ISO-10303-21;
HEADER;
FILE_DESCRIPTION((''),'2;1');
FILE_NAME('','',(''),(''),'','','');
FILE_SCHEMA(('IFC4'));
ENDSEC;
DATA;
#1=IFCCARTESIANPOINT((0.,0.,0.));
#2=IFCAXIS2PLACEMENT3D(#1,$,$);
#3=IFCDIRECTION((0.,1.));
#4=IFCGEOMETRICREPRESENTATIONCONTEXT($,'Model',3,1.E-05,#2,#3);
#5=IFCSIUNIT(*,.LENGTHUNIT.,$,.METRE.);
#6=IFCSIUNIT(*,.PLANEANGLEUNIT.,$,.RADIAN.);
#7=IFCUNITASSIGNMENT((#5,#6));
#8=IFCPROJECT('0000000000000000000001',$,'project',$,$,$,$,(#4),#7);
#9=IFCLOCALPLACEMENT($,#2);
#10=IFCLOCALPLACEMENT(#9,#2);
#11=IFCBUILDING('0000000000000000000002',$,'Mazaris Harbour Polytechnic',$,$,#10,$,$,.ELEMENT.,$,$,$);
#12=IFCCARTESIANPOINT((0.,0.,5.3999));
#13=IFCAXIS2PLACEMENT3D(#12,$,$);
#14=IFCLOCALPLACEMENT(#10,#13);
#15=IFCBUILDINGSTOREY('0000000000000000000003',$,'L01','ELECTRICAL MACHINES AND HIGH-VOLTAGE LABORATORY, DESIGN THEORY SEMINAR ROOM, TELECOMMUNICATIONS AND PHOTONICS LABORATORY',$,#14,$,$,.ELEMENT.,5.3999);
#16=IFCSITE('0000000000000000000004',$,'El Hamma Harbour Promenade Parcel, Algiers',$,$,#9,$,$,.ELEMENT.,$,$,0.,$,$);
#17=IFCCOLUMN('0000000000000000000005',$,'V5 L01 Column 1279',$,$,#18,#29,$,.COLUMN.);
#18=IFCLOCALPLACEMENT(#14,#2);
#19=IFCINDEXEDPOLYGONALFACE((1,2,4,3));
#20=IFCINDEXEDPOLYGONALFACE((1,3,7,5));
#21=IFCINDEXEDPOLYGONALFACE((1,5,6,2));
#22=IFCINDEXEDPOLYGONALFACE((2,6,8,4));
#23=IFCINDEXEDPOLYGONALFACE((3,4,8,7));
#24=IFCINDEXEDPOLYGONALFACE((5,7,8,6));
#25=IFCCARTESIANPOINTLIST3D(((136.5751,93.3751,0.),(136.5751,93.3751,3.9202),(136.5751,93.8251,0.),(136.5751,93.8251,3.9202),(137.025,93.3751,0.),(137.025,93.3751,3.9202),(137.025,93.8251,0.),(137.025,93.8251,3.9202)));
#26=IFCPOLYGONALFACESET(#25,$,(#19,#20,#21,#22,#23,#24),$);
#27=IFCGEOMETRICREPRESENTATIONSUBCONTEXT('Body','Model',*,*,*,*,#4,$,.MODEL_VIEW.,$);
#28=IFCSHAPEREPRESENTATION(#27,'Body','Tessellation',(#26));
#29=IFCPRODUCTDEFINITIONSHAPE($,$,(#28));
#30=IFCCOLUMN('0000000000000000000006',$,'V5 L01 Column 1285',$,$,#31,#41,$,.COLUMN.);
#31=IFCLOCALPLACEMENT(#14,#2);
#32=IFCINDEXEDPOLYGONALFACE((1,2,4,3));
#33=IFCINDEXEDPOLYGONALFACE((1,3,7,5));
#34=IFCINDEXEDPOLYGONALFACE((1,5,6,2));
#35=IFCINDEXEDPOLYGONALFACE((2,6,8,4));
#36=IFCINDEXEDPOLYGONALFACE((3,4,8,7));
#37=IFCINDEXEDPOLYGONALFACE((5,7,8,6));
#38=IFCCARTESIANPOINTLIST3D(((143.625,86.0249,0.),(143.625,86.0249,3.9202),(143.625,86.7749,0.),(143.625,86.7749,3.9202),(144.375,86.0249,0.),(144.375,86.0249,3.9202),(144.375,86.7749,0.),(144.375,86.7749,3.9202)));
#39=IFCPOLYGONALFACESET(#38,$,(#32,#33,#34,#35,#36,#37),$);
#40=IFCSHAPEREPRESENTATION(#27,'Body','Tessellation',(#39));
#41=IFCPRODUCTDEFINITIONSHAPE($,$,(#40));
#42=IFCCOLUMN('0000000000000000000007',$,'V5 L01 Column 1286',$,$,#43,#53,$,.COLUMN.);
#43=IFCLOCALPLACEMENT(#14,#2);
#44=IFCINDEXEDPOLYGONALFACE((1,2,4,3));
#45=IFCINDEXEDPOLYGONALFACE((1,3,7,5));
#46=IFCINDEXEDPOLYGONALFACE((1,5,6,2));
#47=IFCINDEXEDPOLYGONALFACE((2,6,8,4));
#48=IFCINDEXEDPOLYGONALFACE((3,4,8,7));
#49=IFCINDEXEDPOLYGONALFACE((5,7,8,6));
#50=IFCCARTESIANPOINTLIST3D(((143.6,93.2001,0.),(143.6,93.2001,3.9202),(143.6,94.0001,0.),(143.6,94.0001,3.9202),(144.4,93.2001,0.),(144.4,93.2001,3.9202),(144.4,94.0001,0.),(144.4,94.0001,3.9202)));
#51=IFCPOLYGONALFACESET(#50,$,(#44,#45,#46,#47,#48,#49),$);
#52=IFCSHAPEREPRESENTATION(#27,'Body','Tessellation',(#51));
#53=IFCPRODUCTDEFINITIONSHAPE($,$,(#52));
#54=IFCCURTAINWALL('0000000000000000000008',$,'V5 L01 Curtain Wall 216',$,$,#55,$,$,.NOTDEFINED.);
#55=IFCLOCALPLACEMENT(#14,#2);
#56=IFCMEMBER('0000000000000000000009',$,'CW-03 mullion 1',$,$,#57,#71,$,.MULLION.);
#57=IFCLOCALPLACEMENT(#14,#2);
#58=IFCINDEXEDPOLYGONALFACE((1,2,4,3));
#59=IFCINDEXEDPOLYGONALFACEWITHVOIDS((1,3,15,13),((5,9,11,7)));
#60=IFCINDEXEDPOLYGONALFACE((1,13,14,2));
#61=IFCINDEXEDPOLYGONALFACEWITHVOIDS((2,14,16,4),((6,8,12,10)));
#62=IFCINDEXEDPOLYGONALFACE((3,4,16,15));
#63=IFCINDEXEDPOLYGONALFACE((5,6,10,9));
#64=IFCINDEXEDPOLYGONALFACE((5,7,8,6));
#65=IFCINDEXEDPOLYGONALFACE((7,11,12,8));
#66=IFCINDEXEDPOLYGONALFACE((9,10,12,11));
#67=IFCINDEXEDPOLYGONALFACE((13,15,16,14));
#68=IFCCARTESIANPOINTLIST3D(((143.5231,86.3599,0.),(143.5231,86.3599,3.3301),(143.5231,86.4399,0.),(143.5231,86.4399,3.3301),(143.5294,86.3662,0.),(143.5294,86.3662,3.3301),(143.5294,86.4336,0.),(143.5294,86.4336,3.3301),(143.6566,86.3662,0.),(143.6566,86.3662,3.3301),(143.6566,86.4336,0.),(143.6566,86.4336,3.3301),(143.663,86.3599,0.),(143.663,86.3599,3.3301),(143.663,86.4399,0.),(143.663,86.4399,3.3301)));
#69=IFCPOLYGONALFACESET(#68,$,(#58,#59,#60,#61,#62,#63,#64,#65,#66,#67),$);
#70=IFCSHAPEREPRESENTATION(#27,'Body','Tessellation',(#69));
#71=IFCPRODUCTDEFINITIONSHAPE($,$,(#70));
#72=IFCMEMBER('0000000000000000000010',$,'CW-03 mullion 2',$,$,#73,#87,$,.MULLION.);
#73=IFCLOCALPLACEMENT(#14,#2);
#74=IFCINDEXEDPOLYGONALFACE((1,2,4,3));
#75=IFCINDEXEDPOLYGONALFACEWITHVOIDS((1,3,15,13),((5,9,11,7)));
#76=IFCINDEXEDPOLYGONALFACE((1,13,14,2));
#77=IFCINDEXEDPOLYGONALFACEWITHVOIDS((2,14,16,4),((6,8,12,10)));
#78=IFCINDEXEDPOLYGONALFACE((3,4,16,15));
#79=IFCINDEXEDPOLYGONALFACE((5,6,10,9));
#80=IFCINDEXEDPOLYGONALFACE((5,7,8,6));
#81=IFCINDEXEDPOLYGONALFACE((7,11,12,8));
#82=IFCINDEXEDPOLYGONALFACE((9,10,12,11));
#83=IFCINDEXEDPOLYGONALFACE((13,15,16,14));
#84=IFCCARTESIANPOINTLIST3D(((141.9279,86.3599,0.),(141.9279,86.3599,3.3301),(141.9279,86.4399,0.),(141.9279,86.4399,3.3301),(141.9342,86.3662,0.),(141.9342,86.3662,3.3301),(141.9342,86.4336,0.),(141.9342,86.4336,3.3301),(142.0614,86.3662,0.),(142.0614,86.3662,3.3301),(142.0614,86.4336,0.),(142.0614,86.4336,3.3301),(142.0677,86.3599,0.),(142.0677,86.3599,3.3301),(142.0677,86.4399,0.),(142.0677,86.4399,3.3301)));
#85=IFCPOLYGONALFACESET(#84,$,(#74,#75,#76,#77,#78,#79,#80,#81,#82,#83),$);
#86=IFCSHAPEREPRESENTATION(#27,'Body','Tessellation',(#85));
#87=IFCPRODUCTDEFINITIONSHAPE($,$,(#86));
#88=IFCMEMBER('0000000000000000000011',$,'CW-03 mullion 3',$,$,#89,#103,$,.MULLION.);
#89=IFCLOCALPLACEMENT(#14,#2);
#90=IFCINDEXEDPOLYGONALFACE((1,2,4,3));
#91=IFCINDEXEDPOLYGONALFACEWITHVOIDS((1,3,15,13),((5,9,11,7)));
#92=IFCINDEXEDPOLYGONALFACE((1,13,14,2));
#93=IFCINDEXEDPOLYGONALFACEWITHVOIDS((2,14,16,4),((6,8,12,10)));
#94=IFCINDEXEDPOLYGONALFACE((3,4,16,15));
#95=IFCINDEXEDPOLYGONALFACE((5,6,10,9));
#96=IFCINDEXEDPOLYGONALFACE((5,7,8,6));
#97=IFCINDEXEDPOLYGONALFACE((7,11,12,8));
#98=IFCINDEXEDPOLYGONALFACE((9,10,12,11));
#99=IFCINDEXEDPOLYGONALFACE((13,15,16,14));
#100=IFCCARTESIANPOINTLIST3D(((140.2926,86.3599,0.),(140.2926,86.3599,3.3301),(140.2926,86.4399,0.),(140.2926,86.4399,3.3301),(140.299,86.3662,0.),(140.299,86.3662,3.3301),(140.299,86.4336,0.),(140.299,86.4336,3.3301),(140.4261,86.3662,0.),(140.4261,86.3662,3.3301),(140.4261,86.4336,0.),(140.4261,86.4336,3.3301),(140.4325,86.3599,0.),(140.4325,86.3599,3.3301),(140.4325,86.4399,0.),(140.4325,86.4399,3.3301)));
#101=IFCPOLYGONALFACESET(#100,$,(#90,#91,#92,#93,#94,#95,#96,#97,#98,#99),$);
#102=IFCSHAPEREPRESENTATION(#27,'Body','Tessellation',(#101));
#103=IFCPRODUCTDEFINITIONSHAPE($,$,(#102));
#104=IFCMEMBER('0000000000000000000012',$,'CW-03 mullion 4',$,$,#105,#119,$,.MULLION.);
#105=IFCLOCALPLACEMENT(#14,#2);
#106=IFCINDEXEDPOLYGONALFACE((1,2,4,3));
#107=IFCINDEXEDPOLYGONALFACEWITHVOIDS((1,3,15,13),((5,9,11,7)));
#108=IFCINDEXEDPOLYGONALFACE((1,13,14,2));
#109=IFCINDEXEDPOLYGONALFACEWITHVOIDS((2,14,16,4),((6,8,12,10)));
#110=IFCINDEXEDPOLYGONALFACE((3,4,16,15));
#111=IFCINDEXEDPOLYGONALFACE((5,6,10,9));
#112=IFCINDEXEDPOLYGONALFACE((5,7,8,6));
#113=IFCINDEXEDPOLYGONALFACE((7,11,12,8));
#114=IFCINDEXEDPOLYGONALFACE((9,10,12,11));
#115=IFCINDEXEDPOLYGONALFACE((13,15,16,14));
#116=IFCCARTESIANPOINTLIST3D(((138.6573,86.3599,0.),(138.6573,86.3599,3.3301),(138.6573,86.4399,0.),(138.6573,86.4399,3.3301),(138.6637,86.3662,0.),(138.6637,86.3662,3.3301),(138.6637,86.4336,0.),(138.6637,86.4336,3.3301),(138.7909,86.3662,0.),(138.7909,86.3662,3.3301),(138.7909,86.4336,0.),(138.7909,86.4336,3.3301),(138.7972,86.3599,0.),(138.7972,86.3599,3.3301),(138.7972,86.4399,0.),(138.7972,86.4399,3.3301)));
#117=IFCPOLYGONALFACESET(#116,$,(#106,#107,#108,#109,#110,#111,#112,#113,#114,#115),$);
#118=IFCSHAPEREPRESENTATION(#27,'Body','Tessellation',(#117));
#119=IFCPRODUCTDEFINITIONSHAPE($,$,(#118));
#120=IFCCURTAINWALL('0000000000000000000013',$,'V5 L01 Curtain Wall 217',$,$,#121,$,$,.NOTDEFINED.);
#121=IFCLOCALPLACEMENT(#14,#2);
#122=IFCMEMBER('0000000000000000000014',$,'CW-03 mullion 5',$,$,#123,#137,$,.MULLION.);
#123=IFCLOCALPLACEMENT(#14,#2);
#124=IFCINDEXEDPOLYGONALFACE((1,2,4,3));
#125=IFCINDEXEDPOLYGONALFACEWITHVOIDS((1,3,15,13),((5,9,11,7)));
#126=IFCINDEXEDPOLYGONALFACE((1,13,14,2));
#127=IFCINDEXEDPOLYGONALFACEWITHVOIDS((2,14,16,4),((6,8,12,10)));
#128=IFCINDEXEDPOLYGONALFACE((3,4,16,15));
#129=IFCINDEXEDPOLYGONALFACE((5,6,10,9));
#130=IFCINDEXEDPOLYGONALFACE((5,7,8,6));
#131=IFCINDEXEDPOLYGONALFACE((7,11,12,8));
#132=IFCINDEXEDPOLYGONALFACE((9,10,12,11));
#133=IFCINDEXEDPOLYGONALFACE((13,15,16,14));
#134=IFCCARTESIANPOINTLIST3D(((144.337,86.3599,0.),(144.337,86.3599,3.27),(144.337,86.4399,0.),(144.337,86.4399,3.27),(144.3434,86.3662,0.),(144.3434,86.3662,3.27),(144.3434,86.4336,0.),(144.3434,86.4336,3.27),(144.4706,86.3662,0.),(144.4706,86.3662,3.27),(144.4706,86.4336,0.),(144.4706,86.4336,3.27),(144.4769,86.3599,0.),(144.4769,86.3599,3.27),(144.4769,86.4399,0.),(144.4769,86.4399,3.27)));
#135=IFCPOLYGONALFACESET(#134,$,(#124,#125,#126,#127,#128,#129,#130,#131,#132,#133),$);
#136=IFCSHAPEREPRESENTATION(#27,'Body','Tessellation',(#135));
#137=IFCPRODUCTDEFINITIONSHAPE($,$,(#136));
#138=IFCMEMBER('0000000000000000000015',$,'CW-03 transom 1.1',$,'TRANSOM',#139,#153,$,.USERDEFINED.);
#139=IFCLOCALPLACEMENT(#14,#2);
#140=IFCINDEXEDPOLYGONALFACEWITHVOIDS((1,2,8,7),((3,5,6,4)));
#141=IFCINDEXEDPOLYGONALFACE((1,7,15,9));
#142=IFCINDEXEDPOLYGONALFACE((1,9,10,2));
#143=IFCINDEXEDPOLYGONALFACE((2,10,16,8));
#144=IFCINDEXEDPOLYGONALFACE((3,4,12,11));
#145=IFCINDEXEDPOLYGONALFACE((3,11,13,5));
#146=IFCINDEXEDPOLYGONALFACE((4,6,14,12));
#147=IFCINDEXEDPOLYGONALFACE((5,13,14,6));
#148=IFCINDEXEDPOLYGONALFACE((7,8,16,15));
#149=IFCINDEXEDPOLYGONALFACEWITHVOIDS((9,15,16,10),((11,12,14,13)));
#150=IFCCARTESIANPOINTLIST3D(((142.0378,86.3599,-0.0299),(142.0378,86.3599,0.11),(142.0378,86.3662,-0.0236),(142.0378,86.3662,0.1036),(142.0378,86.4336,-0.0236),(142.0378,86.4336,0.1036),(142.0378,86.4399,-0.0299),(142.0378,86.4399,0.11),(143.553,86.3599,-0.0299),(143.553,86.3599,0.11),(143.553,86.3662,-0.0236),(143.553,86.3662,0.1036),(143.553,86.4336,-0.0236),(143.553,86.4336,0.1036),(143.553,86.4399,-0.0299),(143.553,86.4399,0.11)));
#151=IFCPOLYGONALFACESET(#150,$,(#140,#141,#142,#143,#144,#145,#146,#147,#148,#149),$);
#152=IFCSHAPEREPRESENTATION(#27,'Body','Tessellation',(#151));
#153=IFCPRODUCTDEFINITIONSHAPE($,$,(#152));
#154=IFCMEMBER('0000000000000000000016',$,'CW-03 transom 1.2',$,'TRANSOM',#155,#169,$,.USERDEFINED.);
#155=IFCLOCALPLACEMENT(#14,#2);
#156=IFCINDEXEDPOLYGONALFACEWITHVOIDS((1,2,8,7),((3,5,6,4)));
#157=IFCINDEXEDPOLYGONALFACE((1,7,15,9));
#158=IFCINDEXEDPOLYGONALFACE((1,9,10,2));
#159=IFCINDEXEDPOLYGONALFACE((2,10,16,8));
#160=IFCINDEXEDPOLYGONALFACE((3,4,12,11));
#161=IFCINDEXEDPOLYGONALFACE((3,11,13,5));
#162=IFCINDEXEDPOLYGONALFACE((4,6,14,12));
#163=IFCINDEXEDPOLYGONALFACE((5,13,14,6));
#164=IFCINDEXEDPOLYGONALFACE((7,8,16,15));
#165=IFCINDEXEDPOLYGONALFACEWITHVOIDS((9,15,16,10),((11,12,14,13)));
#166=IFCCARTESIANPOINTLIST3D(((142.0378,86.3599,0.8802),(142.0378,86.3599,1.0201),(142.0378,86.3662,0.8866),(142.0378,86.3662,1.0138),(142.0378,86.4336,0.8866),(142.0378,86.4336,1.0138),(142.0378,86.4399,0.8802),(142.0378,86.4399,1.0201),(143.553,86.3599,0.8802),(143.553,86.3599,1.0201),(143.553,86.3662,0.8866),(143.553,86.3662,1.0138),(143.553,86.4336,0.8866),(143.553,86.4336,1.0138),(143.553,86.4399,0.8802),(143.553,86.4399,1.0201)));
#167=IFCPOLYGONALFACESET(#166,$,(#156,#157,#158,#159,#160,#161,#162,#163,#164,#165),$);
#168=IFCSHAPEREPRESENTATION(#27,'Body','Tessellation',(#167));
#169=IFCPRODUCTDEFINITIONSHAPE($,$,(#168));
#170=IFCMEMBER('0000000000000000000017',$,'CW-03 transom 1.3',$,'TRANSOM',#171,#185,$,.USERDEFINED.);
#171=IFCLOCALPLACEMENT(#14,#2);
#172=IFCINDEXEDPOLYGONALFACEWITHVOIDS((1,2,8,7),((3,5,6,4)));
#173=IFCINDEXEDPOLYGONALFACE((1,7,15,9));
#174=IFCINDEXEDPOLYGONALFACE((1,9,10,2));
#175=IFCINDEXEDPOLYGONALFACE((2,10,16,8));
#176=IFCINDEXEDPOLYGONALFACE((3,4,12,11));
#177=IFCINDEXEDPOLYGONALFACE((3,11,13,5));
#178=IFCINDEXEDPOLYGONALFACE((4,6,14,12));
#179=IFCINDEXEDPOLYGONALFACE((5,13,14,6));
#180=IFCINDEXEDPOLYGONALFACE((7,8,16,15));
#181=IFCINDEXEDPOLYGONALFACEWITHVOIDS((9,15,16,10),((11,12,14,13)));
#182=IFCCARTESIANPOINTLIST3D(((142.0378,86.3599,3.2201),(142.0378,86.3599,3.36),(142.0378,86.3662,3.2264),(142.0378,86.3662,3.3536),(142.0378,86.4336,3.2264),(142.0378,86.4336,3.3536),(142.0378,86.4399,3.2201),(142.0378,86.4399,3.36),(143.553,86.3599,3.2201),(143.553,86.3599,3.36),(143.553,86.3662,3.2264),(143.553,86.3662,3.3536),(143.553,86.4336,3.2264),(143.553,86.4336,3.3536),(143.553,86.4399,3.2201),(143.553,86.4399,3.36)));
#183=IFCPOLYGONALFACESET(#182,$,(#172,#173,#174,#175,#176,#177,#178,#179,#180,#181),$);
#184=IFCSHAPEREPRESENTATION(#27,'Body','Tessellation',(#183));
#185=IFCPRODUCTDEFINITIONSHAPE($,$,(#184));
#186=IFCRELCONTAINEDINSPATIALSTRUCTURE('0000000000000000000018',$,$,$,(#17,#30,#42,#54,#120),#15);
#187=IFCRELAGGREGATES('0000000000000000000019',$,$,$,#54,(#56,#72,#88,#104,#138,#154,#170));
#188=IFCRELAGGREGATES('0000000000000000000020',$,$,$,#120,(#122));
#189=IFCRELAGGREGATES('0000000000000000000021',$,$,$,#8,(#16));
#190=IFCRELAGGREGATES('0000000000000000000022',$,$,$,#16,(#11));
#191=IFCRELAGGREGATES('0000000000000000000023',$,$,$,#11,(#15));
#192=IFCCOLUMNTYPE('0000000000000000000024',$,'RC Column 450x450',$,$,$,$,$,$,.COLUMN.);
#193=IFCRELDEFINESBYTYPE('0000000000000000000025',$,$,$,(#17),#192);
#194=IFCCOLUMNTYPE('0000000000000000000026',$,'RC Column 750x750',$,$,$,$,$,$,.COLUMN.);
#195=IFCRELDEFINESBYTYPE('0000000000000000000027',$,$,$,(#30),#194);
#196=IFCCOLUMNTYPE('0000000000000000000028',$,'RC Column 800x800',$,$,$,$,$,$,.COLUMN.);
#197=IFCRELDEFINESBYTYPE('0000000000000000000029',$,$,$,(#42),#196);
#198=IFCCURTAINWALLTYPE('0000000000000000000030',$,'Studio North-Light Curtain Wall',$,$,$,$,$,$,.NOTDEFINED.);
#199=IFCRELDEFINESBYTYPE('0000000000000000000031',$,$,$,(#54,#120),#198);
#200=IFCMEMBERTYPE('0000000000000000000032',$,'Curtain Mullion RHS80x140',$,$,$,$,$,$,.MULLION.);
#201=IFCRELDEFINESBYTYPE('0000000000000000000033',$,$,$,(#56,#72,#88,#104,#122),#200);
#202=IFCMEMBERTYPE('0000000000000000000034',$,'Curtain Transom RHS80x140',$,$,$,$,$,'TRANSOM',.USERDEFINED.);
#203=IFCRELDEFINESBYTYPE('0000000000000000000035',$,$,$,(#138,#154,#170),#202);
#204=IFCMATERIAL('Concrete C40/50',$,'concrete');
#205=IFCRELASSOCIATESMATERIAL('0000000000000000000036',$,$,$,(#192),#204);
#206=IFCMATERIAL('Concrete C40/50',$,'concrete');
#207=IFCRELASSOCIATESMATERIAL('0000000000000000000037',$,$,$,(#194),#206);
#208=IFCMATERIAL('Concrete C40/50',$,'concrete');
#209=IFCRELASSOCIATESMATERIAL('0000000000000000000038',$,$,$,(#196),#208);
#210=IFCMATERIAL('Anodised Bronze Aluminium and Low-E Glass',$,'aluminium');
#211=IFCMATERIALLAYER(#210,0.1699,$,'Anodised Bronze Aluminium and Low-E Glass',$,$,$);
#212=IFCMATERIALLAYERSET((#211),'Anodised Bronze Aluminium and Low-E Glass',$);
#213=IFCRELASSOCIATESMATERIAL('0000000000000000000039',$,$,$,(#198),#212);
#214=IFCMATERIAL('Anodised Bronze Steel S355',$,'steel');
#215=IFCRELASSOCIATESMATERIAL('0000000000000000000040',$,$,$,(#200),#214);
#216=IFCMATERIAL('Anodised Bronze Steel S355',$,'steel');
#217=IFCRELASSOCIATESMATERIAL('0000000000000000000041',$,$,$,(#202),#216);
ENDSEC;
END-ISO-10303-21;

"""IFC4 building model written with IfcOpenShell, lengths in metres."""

from ifc_helpers import new_model, si_unit, direction, frame, origin, origin_2d, place, context, subcontext, project, spatial, rectangle, hollow_rectangle, extrude, material, layer, layer_set, material_profile, profile_set, type_object, element, aggregate, save


model = new_model("IFC4")

# Units and contexts
model_context = context("Model", 3, precision=1e-05, world=origin(), true_north=direction((0.0, 1.0)))
body_context = subcontext(model_context, "Body", "Model", "MODEL_VIEW")
ifc_project = project(units=[si_unit("LENGTHUNIT", "METRE"), si_unit("PLANEANGLEUNIT", "RADIAN")], contexts=[model_context])

# Site, building, storey
site_placement = place(None, origin())
site = spatial("IfcSite", under=ifc_project, at=site_placement, Name="El Hamma Harbour Promenade Parcel, Algiers", CompositionType="ELEMENT", RefElevation=0.0)
building_placement = place(site_placement, origin())
building = spatial("IfcBuilding", under=site, at=building_placement, Name="Mazaris Harbour Polytechnic", CompositionType="ELEMENT")
storey_placement = place(building_placement, frame((0.0, 0.0, 5.3999)))
storey = spatial("IfcBuildingStorey", under=building, at=storey_placement, Name="L01", Description="ELECTRICAL MACHINES AND HIGH-VOLTAGE LABORATORY, DESIGN THEORY SEMINAR ROOM, TELECOMMUNICATIONS AND PHOTONICS LABORATORY", CompositionType="ELEMENT", Elevation=5.3999)

# Columns
ifc_material_1 = material(Name="Concrete C40/50", Category="concrete")
ifc_material_profile_1 = material_profile(ifc_material_1, rectangle(XDim=0.45, YDim=0.45, at=origin_2d()), Name="RECT450x450")
ifc_profile_set_1 = profile_set([ifc_material_profile_1], Name="Concrete C40/50")
column_type_1 = type_object("IfcColumnType", Name="RC Column 450x450", PredefinedType="COLUMN", material=ifc_profile_set_1)
column_1_placement = place(storey_placement, frame((136.8, 93.6001, 0.0), z_axis=(0.0, 0.0, 1.0), x_axis=(1.0, 0.0, 0.0)))
element("IfcColumn", 1, at=column_1_placement, inside=storey, type_object=column_type_1, Name="V5 L01 Column 1279", PredefinedType="COLUMN", context=body_context, shape_type="SweptSolid", body=[
    extrude(rectangle(XDim=0.45, YDim=0.45, at=origin_2d()), origin(), (0.0, 0.0, 1.0), 3.9202),
])
ifc_material_2 = material(Name="Concrete C40/50", Category="concrete")
ifc_material_profile_2 = material_profile(ifc_material_2, rectangle(XDim=0.75, YDim=0.75, at=origin_2d()), Name="RECT750x750")
ifc_profile_set_2 = profile_set([ifc_material_profile_2], Name="Concrete C40/50")
column_type_2 = type_object("IfcColumnType", Name="RC Column 750x750", PredefinedType="COLUMN", material=ifc_profile_set_2)
column_2_placement = place(storey_placement, frame((144.0, 86.3999, 0.0), z_axis=(0.0, 0.0, 1.0), x_axis=(1.0, 0.0, 0.0)))
element("IfcColumn", 2, at=column_2_placement, inside=storey, type_object=column_type_2, Name="V5 L01 Column 1285", PredefinedType="COLUMN", context=body_context, shape_type="SweptSolid", body=[
    extrude(rectangle(XDim=0.75, YDim=0.75, at=origin_2d()), origin(), (0.0, 0.0, 1.0), 3.9202),
])
ifc_material_3 = material(Name="Concrete C40/50", Category="concrete")
ifc_material_profile_3 = material_profile(ifc_material_3, rectangle(XDim=0.8, YDim=0.8, at=origin_2d()), Name="RECT800x800")
ifc_profile_set_3 = profile_set([ifc_material_profile_3], Name="Concrete C40/50")
column_type_3 = type_object("IfcColumnType", Name="RC Column 800x800", PredefinedType="COLUMN", material=ifc_profile_set_3)
column_3_placement = place(storey_placement, frame((144.0, 93.6001, 0.0), z_axis=(0.0, 0.0, 1.0), x_axis=(1.0, 0.0, 0.0)))
element("IfcColumn", 3, at=column_3_placement, inside=storey, type_object=column_type_3, Name="V5 L01 Column 1286", PredefinedType="COLUMN", context=body_context, shape_type="SweptSolid", body=[
    extrude(rectangle(XDim=0.8, YDim=0.8, at=origin_2d()), origin(), (0.0, 0.0, 1.0), 3.9202),
])

# Curtain wall, members
ifc_material_4 = material(Name="Anodised Bronze Aluminium and Low-E Glass", Category="aluminium")
ifc_layer_1 = layer(ifc_material_4, 0.1699, Name="Anodised Bronze Aluminium and Low-E Glass")
ifc_layer_set_1 = layer_set([ifc_layer_1], Name="Anodised Bronze Aluminium and Low-E Glass")
curtain_wall_type = type_object("IfcCurtainWallType", Name="Studio North-Light Curtain Wall", PredefinedType="NOTDEFINED", material=ifc_layer_set_1)
curtain_wall_1_placement = place(storey_placement, origin())
curtain_wall_1 = element("IfcCurtainWall", 4, at=curtain_wall_1_placement, inside=storey, type_object=curtain_wall_type, Name="V5 L01 Curtain Wall 216", PredefinedType="NOTDEFINED")
ifc_material_5 = material(Name="Anodised Bronze Steel S355", Category="steel")
ifc_material_profile_4 = material_profile(ifc_material_5, hollow_rectangle(XDim=0.0801, YDim=0.1399, WallThickness=0.0063, at=origin_2d()), Name="RHS 80x140x6.3")
ifc_profile_set_4 = profile_set([ifc_material_profile_4], Name="Anodised Bronze Steel S355")
member_type_1 = type_object("IfcMemberType", Name="Curtain Mullion RHS80x140", PredefinedType="MULLION", material=ifc_profile_set_4)
member_1_placement = place(storey_placement, frame((143.593, 86.3999, 0.0), z_axis=(0.0, 0.0, 1.0), x_axis=(0.0, -1.0, 0.0)))
member_1 = element("IfcMember", 5, at=member_1_placement, type_object=member_type_1, Name="CW-03 mullion 1", PredefinedType="MULLION", context=body_context, shape_type="SweptSolid", body=[
    extrude(hollow_rectangle(XDim=0.0801, YDim=0.1399, WallThickness=0.0063, at=origin_2d()), origin(), (0.0, 0.0, 1.0), 3.3301),
])
member_2_placement = place(storey_placement, frame((141.9978, 86.3999, 0.0), z_axis=(0.0, 0.0, 1.0), x_axis=(0.0, -1.0, 0.0)))
member_2 = element("IfcMember", 6, at=member_2_placement, type_object=member_type_1, Name="CW-03 mullion 2", PredefinedType="MULLION", context=body_context, shape_type="SweptSolid", body=[
    extrude(hollow_rectangle(XDim=0.0801, YDim=0.1399, WallThickness=0.0063, at=origin_2d()), origin(), (0.0, 0.0, 1.0), 3.3301),
])
member_3_placement = place(storey_placement, frame((140.3625, 86.3999, 0.0), z_axis=(0.0, 0.0, 1.0), x_axis=(0.0, -1.0, 0.0)))
member_3 = element("IfcMember", 7, at=member_3_placement, type_object=member_type_1, Name="CW-03 mullion 3", PredefinedType="MULLION", context=body_context, shape_type="SweptSolid", body=[
    extrude(hollow_rectangle(XDim=0.0801, YDim=0.1399, WallThickness=0.0063, at=origin_2d()), origin(), (0.0, 0.0, 1.0), 3.3301),
])
member_4_placement = place(storey_placement, frame((138.7273, 86.3999, 0.0), z_axis=(0.0, 0.0, 1.0), x_axis=(0.0, -1.0, 0.0)))
member_4 = element("IfcMember", 8, at=member_4_placement, type_object=member_type_1, Name="CW-03 mullion 4", PredefinedType="MULLION", context=body_context, shape_type="SweptSolid", body=[
    extrude(hollow_rectangle(XDim=0.0801, YDim=0.1399, WallThickness=0.0063, at=origin_2d()), origin(), (0.0, 0.0, 1.0), 3.3301),
])

# Curtain wall, member
curtain_wall_2_placement = place(storey_placement, origin())
curtain_wall_2 = element("IfcCurtainWall", 9, at=curtain_wall_2_placement, inside=storey, type_object=curtain_wall_type, Name="V5 L01 Curtain Wall 217", PredefinedType="NOTDEFINED")
member_5_placement = place(storey_placement, frame((144.407, 86.3999, 0.0), z_axis=(0.0, 0.0, 1.0), x_axis=(0.0, -1.0, 0.0)))
member_5 = element("IfcMember", 10, at=member_5_placement, type_object=member_type_1, Name="CW-03 mullion 5", PredefinedType="MULLION", context=body_context, shape_type="SweptSolid", body=[
    extrude(hollow_rectangle(XDim=0.0801, YDim=0.1399, WallThickness=0.0063, at=origin_2d()), origin(), (0.0, 0.0, 1.0), 3.27),
])

# Members
ifc_material_6 = material(Name="Anodised Bronze Steel S355", Category="steel")
ifc_material_profile_5 = material_profile(ifc_material_6, hollow_rectangle(XDim=0.0801, YDim=0.1399, WallThickness=0.0063, at=origin_2d()), Name="RHS 80x140x6.3")
ifc_profile_set_5 = profile_set([ifc_material_profile_5], Name="Anodised Bronze Steel S355")
member_type_2 = type_object("IfcMemberType", Name="Curtain Transom RHS80x140", ElementType="TRANSOM", PredefinedType="USERDEFINED", material=ifc_profile_set_5)
member_6_placement = place(storey_placement, frame((143.553, 86.3999, 0.04), z_axis=(-1.0, 0.0, 0.0), x_axis=(0.0, -1.0, 0.0)))
member_6 = element("IfcMember", 11, at=member_6_placement, type_object=member_type_2, Name="CW-03 transom 1.1", ObjectType="TRANSOM", PredefinedType="USERDEFINED", context=body_context, shape_type="SweptSolid", body=[
    extrude(hollow_rectangle(XDim=0.0801, YDim=0.1399, WallThickness=0.0063, at=origin_2d()), origin(), (0.0, 0.0, 1.0), 1.5151),
])
member_7_placement = place(storey_placement, frame((143.553, 86.3999, 0.9502), z_axis=(-1.0, 0.0, 0.0), x_axis=(0.0, -1.0, 0.0)))
member_7 = element("IfcMember", 12, at=member_7_placement, type_object=member_type_2, Name="CW-03 transom 1.2", ObjectType="TRANSOM", PredefinedType="USERDEFINED", context=body_context, shape_type="SweptSolid", body=[
    extrude(hollow_rectangle(XDim=0.0801, YDim=0.1399, WallThickness=0.0063, at=origin_2d()), origin(), (0.0, 0.0, 1.0), 1.5151),
])
member_8_placement = place(storey_placement, frame((143.553, 86.3999, 3.29), z_axis=(-1.0, 0.0, 0.0), x_axis=(0.0, -1.0, 0.0)))
member_8 = element("IfcMember", 13, at=member_8_placement, type_object=member_type_2, Name="CW-03 transom 1.3", ObjectType="TRANSOM", PredefinedType="USERDEFINED", context=body_context, shape_type="SweptSolid", body=[
    extrude(hollow_rectangle(XDim=0.0801, YDim=0.1399, WallThickness=0.0063, at=origin_2d()), origin(), (0.0, 0.0, 1.0), 1.5151),
])

aggregate(curtain_wall_1, [member_1, member_2, member_3, member_4, member_6, member_7, member_8])
aggregate(curtain_wall_2, [member_5])

save(model, "model.ifc")
